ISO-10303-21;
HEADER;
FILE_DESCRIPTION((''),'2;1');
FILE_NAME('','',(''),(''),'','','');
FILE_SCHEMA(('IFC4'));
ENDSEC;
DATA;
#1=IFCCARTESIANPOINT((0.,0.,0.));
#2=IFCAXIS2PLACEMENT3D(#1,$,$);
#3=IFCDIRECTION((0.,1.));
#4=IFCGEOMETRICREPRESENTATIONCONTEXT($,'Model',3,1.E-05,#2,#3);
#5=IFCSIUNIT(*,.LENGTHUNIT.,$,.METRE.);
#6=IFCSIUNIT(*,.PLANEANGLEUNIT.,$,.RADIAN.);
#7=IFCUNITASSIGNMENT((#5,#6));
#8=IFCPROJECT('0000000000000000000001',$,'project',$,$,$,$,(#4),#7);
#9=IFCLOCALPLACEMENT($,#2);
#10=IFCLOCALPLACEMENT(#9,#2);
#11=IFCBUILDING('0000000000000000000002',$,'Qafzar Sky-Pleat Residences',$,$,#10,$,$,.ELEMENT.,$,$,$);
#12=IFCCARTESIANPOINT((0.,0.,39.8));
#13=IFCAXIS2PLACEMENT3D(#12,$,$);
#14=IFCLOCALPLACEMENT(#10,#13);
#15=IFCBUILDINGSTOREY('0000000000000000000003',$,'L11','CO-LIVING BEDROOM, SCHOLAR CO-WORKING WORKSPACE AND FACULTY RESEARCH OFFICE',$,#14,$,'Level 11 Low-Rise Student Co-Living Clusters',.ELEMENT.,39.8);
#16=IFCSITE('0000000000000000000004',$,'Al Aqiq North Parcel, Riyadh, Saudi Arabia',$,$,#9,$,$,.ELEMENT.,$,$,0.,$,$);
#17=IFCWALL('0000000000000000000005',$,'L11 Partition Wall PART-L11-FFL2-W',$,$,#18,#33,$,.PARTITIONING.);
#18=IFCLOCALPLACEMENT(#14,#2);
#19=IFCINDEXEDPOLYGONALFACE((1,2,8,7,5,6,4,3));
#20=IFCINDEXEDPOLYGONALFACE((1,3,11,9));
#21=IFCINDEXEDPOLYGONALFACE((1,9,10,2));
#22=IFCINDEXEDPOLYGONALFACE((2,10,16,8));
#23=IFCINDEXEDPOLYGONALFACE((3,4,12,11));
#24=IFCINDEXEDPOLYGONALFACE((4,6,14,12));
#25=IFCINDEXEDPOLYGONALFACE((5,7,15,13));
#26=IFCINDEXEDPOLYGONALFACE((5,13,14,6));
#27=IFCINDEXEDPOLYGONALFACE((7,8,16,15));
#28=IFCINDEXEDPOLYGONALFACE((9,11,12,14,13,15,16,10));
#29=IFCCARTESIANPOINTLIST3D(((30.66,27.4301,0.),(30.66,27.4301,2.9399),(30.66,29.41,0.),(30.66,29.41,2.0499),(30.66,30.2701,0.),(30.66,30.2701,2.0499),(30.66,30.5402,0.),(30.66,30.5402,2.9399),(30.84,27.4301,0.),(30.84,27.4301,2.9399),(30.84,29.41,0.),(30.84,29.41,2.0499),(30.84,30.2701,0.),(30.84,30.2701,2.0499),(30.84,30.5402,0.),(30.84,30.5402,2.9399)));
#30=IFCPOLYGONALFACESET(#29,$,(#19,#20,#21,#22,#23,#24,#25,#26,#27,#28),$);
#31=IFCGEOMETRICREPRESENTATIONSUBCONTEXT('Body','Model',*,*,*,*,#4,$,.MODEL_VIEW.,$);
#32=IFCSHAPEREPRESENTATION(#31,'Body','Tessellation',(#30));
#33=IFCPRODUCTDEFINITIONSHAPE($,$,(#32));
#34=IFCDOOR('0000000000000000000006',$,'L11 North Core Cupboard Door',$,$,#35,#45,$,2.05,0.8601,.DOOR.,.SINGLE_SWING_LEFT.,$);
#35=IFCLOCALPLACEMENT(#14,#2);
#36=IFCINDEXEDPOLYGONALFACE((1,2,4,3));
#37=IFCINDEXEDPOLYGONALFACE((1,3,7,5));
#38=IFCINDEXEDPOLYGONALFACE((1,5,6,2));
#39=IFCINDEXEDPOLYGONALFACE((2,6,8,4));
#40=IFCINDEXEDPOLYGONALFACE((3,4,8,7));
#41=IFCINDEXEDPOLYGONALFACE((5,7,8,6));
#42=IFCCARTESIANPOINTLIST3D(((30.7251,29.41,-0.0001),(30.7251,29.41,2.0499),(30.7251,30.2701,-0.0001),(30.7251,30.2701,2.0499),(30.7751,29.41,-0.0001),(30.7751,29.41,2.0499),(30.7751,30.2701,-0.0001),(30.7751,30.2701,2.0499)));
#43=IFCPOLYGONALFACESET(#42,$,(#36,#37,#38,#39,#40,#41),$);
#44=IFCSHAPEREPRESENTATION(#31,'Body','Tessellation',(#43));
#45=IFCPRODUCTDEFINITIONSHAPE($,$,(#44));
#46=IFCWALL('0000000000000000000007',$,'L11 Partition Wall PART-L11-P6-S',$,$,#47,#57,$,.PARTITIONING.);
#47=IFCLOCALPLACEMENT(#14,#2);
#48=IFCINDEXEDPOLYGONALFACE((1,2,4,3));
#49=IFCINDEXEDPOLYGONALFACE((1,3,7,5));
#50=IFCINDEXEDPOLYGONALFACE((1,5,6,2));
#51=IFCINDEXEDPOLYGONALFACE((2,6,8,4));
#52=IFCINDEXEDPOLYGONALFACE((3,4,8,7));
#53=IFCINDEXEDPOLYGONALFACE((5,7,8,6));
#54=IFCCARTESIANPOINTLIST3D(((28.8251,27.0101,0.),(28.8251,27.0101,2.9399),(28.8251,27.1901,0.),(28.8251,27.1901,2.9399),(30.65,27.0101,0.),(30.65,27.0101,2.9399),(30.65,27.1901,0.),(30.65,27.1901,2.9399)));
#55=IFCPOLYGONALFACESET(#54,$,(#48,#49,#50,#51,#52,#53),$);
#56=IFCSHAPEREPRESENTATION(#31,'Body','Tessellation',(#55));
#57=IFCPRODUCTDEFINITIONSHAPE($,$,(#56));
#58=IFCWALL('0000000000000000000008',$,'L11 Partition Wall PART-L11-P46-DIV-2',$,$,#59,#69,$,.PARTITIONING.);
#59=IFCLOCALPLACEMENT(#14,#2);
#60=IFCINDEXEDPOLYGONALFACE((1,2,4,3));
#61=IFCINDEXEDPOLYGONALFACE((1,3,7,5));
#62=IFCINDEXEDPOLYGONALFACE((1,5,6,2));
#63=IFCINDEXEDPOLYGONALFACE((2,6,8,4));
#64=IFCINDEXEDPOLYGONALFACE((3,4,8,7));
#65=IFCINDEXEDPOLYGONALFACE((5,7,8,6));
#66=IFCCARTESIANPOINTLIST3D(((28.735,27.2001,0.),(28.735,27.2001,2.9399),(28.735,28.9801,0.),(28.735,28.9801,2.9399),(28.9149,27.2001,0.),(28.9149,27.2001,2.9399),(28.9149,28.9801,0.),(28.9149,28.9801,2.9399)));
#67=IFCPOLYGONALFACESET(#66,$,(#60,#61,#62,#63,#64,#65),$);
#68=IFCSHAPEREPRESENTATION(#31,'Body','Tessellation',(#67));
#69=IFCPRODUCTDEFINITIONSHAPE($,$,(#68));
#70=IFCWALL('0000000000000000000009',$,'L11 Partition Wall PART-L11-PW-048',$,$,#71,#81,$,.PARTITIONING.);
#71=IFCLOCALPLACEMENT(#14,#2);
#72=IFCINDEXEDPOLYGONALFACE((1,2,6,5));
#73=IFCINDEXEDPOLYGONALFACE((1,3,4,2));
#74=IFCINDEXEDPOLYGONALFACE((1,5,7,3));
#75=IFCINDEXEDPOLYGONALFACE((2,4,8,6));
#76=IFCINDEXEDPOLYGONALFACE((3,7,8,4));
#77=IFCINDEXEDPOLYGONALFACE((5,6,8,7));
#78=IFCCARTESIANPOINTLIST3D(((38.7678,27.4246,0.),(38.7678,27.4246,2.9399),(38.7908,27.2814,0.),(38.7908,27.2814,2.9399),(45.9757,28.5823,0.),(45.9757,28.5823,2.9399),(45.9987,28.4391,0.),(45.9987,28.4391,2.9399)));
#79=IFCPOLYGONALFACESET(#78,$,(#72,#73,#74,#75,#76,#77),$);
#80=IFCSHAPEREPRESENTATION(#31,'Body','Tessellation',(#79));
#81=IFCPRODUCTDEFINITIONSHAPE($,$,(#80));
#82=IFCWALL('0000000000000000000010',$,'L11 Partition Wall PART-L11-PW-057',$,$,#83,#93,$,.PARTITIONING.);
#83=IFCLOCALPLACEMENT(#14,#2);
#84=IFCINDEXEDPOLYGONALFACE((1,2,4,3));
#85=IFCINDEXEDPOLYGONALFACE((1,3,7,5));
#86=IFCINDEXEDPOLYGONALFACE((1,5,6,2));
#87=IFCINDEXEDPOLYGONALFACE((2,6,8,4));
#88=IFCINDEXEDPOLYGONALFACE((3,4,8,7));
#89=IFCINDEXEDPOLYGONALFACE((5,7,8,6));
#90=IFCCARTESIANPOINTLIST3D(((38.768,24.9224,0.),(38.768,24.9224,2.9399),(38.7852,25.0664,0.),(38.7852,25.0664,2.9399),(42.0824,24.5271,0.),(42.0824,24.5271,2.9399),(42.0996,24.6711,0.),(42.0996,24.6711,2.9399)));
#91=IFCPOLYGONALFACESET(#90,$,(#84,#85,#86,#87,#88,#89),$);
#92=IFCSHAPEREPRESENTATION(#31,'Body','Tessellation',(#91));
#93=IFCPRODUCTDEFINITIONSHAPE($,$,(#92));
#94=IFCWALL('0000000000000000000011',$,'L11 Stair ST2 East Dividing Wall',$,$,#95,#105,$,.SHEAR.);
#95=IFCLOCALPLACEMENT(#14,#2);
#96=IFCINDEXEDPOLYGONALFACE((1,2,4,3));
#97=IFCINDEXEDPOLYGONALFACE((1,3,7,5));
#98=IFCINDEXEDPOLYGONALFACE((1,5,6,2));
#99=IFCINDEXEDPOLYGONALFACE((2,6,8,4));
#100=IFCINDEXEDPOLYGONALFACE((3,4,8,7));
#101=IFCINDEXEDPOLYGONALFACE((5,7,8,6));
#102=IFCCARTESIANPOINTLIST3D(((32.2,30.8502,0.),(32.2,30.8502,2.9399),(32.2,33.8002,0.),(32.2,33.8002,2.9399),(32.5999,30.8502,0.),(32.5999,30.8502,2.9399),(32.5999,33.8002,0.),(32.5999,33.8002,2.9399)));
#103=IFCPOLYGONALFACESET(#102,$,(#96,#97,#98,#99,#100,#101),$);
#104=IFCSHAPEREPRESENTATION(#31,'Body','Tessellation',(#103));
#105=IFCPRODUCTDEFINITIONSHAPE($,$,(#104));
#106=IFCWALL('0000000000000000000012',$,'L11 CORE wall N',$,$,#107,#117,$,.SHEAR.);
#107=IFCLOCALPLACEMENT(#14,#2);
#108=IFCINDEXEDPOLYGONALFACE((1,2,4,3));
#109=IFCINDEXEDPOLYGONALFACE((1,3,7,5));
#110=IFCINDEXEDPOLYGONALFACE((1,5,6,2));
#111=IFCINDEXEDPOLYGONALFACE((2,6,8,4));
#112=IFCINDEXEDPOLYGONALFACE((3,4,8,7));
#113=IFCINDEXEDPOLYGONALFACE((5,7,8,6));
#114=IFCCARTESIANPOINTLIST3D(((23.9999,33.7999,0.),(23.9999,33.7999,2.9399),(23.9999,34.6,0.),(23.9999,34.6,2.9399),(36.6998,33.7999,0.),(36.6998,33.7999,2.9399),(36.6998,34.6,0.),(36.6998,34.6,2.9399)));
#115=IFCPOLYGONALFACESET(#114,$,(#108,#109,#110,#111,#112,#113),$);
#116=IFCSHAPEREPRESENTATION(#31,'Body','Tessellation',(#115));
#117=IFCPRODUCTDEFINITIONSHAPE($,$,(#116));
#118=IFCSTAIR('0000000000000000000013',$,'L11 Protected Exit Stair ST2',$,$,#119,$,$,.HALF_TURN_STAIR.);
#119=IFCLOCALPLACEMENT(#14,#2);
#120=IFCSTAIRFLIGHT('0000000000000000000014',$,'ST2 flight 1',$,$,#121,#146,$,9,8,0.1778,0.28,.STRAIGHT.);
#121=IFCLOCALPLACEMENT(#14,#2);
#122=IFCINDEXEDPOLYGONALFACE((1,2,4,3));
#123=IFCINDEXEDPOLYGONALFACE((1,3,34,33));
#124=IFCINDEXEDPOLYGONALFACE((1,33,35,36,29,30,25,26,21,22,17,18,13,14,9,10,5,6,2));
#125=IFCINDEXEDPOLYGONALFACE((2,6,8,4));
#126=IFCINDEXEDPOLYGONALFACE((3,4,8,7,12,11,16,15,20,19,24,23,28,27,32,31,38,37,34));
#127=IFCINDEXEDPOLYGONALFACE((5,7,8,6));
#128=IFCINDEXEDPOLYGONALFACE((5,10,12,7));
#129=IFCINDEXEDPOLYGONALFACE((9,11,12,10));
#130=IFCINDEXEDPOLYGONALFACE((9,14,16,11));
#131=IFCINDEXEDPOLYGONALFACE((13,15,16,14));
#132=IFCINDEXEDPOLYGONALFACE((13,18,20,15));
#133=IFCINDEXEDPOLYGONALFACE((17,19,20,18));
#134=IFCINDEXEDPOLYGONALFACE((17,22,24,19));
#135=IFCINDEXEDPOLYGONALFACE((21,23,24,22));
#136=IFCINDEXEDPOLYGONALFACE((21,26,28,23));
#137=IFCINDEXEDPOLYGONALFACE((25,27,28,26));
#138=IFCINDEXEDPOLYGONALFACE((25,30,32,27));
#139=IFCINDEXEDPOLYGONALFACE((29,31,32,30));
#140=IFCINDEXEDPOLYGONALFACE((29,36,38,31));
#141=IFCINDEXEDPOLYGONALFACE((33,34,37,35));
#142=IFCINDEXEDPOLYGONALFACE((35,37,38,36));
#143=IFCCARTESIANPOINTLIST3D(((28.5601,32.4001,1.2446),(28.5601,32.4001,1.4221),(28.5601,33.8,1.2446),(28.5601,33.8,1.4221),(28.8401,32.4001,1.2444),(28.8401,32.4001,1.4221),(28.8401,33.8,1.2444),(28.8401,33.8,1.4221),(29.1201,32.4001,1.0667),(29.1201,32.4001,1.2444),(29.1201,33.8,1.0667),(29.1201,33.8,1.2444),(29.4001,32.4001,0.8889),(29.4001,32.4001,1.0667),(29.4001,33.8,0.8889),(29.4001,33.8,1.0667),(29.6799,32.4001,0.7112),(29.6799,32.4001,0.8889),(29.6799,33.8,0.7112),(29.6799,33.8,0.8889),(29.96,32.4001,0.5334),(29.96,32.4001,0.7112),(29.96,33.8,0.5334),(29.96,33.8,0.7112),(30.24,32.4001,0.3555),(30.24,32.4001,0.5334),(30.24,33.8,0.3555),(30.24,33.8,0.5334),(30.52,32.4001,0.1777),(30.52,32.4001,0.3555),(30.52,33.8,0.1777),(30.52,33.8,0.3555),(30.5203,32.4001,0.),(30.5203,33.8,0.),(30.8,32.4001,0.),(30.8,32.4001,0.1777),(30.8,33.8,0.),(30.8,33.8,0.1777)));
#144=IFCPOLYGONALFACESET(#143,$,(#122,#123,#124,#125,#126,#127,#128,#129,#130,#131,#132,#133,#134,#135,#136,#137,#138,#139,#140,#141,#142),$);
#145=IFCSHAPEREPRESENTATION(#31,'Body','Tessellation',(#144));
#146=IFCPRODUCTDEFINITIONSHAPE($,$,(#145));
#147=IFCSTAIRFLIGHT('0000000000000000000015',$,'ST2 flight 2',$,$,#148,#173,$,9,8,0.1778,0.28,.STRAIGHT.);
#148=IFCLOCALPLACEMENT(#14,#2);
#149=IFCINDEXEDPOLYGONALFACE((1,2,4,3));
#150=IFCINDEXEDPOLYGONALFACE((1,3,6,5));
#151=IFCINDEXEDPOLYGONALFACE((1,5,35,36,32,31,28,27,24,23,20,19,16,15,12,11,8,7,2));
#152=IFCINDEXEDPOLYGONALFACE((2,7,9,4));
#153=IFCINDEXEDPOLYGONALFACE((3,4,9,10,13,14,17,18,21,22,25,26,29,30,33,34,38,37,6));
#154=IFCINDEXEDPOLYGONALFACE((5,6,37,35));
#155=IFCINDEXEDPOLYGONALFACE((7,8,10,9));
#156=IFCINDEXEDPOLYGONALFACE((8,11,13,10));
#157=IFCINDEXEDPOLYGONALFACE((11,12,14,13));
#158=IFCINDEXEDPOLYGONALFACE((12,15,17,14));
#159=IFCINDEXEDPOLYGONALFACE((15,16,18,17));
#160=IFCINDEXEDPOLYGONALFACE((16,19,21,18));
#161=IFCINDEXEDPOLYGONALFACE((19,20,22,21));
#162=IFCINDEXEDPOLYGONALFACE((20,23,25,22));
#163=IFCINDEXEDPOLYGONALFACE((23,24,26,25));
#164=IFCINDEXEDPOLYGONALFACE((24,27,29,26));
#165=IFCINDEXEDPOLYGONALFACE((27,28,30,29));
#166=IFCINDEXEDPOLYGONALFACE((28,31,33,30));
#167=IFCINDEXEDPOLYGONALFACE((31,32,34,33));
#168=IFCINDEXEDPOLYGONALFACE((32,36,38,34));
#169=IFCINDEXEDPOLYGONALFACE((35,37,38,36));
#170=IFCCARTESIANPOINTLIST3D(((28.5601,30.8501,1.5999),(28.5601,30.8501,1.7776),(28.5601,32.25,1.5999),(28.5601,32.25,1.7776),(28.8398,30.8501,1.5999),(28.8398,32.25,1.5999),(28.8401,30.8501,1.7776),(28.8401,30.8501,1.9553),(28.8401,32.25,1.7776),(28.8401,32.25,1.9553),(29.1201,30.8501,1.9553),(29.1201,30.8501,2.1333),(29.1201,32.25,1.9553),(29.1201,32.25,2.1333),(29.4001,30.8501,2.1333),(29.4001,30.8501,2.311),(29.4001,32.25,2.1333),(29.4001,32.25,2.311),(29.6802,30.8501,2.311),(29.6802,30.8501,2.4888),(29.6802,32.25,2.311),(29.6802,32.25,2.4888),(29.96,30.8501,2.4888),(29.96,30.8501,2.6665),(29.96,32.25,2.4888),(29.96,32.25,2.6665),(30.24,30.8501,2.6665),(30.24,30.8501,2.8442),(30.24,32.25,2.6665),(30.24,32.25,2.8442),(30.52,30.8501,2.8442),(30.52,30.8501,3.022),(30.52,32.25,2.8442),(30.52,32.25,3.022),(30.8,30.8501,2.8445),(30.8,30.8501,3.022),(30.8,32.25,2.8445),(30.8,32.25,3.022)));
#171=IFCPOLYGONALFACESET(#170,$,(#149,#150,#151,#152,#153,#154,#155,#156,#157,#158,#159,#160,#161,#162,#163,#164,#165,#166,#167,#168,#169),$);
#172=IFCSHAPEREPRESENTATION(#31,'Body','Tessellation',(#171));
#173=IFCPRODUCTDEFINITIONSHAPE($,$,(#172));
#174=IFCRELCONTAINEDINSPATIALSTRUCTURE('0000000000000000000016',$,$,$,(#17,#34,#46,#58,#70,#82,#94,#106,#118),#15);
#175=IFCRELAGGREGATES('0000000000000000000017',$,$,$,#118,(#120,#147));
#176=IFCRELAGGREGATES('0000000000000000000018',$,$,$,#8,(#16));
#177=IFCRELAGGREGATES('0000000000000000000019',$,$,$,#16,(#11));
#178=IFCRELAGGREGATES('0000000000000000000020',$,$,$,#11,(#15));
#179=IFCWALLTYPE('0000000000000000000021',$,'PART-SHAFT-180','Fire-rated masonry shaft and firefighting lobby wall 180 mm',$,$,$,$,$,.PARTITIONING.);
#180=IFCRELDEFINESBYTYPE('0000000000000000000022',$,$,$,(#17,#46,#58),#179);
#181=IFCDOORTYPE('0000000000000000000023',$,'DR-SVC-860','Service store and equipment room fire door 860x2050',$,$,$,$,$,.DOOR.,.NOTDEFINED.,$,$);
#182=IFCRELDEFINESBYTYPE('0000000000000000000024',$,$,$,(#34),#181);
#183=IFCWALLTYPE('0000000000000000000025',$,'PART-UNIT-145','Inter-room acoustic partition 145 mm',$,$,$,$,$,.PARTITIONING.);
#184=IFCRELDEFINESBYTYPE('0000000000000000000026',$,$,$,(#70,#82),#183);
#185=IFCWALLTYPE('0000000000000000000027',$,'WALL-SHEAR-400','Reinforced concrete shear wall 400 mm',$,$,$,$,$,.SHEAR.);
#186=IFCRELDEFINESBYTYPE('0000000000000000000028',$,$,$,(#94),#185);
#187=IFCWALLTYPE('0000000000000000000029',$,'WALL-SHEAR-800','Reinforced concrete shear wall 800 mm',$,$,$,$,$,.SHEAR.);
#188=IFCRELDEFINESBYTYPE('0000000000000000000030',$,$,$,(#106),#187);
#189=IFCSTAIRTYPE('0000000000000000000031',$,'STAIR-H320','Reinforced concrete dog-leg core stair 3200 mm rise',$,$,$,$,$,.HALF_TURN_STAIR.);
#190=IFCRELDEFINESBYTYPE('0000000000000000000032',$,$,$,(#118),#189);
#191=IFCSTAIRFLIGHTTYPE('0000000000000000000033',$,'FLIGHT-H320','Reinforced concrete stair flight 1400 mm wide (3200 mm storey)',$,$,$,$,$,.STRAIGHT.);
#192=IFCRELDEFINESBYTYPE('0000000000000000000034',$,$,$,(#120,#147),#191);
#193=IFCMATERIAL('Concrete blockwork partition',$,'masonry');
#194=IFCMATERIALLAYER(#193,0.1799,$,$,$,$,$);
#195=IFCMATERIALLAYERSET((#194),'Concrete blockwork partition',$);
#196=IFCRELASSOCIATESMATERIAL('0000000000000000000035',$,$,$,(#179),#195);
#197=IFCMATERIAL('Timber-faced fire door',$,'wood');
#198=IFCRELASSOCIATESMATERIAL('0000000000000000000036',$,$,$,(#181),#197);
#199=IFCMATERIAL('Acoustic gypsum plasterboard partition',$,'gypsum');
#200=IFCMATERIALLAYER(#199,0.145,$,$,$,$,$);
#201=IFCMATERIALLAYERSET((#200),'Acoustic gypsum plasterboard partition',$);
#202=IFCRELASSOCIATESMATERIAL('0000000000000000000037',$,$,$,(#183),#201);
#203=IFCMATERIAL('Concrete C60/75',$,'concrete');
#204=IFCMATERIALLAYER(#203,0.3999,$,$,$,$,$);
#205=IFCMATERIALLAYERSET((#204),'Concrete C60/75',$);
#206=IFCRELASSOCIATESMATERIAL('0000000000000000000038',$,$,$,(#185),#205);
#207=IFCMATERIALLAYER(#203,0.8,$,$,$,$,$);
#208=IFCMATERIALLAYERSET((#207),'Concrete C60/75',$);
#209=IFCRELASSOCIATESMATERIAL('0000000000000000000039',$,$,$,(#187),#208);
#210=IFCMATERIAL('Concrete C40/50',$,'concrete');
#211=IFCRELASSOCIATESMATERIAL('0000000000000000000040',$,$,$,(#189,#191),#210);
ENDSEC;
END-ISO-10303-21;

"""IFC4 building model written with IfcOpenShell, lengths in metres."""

from ifc_helpers import new_model, si_unit, direction, frame, frame_2d, origin, place, context, subcontext, project, spatial, polyline, rectangle, outline, extrude, source, transform, mapped, material, layer, layer_set, type_object, element, fill, aggregate, save


model = new_model("IFC4")

# Units and contexts
model_context = context("Model", 3, precision=1e-05, world=origin(), true_north=direction((0.0, 1.0)))
body_context = subcontext(model_context, "Body", "Model", "MODEL_VIEW")
ifc_project = project(units=[si_unit("LENGTHUNIT", "METRE"), si_unit("PLANEANGLEUNIT", "RADIAN")], contexts=[model_context])

# Site, building, storey
site_placement = place(None, origin())
site = spatial("IfcSite", under=ifc_project, at=site_placement, Name="Al Aqiq North Parcel, Riyadh, Saudi Arabia", CompositionType="ELEMENT", RefElevation=0.0)
building_placement = place(site_placement, origin())
building = spatial("IfcBuilding", under=site, at=building_placement, Name="Qafzar Sky-Pleat Residences", CompositionType="ELEMENT")
storey_placement = place(building_placement, frame((0.0, 0.0, 39.8)))
storey = spatial("IfcBuildingStorey", under=building, at=storey_placement, Name="L11", Description="CO-LIVING BEDROOM, SCHOLAR CO-WORKING WORKSPACE AND FACULTY RESEARCH OFFICE", LongName="Level 11 Low-Rise Student Co-Living Clusters", CompositionType="ELEMENT", Elevation=39.8)

# Wall, opening, door
ifc_material_1 = material(Name="Acoustic gypsum plasterboard partition", Category="gypsum")
ifc_material_2 = material(Name="Timber-faced fire door", Category="wood")
ifc_material_3 = material(Name="Concrete blockwork partition", Category="masonry")
ifc_layer_1 = layer(ifc_material_3, 0.1799)
ifc_layer_set_1 = layer_set([ifc_layer_1], Name="Concrete blockwork partition")
wall_type_1 = type_object("IfcWallType", Name="PART-SHAFT-180", Description="Fire-rated masonry shaft and firefighting lobby wall 180 mm", PredefinedType="PARTITIONING", material=ifc_layer_set_1)
wall_1_placement = place(storey_placement, frame((30.75, 27.4299, 0.0), z_axis=(0.0, 0.0, 1.0), x_axis=(0.0, 1.0, 0.0)))
wall_1 = element("IfcWall", 1, at=wall_1_placement, inside=storey, type_object=wall_type_1, Name="L11 Partition Wall PART-L11-FFL2-W", PredefinedType="PARTITIONING", context=body_context, shape_type="SweptSolid", body=[
    extrude(rectangle(XDim=3.1101, YDim=0.1799, at=frame_2d((1.5552, 0.0))), origin(), (0.0, 0.0, 1.0), 2.9399),
])
opening_1_placement = place(wall_1_placement, frame((1.98, 0.0, 0.0)))
opening_1 = element("IfcOpeningElement", 2, at=opening_1_placement, cuts=wall_1, PredefinedType="OPENING", context=body_context, shape_type="SweptSolid", body=[
    extrude(rectangle(XDim=0.8601, YDim=2.05, at=frame_2d((0.4302, 1.0249))), frame((0.0, 0.1001, 0.0), z_axis=(0.0, -1.0, 0.0), x_axis=(1.0, 0.0, 0.0)), (0.0, 0.0, 1.0), 0.2),
])
door_type_1 = type_object("IfcDoorType", Name="DR-SVC-860", Description="Service store and equipment room fire door 860x2050", OperationType="NOTDEFINED", PredefinedType="DOOR", material=ifc_material_2)
shared_shape_1 = source(origin(), body_context, "Body", "SweptSolid", [
    extrude(rectangle(XDim=0.8601, YDim=2.05, at=frame_2d((0.4302, 1.0249))), frame((0.0, 0.0249, 0.0), z_axis=(0.0, -1.0, 0.0), x_axis=(1.0, 0.0, 0.0)), (0.0, 0.0, 1.0), 0.05),
])
door_1_placement = place(opening_1_placement, origin())
door_1 = element("IfcDoor", 3, at=door_1_placement, inside=storey, type_object=door_type_1, Name="L11 North Core Cupboard Door", OperationType="SINGLE_SWING_LEFT", OverallHeight=2.05, OverallWidth=0.8601, PredefinedType="DOOR", context=body_context, shape_type="MappedRepresentation", body=[
    mapped(shared_shape_1, transform((0.0, 0.0, 0.0), x_axis=(1.0, 0.0, 0.0), y_axis=(0.0, 1.0, 0.0), z_axis=(0.0, 0.0, 1.0), scale=1.0)),
])
fill(opening_1, door_1)

# Walls
wall_2_placement = place(storey_placement, frame((28.825, 27.1001, 0.0), z_axis=(0.0, 0.0, 1.0), x_axis=(1.0, 0.0, 0.0)))
element("IfcWall", 4, at=wall_2_placement, inside=storey, type_object=wall_type_1, Name="L11 Partition Wall PART-L11-P6-S", PredefinedType="PARTITIONING", context=body_context, shape_type="SweptSolid", body=[
    extrude(rectangle(XDim=1.825, YDim=0.1799, at=frame_2d((0.9126, 0.0))), origin(), (0.0, 0.0, 1.0), 2.9399),
])
wall_3_placement = place(storey_placement, frame((28.825, 27.2, 0.0), z_axis=(0.0, 0.0, 1.0), x_axis=(0.0, 1.0, 0.0)))
element("IfcWall", 5, at=wall_3_placement, inside=storey, type_object=wall_type_1, Name="L11 Partition Wall PART-L11-P46-DIV-2", PredefinedType="PARTITIONING", context=body_context, shape_type="SweptSolid", body=[
    extrude(rectangle(XDim=1.78, YDim=0.1799, at=frame_2d((0.8901, 0.0))), origin(), (0.0, 0.0, 1.0), 2.9399),
])
ifc_layer_2 = layer(ifc_material_1, 0.145)
ifc_layer_set_2 = layer_set([ifc_layer_2], Name="Acoustic gypsum plasterboard partition")
wall_type_2 = type_object("IfcWallType", Name="PART-UNIT-145", Description="Inter-room acoustic partition 145 mm", PredefinedType="PARTITIONING", material=ifc_layer_set_2)
wall_4_placement = place(storey_placement, frame((38.7793, 27.353, 0.0), z_axis=(0.0, 0.0, 1.0), x_axis=(0.987346, 0.158583, 0.0)))
element("IfcWall", 6, at=wall_4_placement, inside=storey, type_object=wall_type_2, Name="L11 Partition Wall PART-L11-PW-048", PredefinedType="PARTITIONING", context=body_context, shape_type="SweptSolid", body=[
    extrude(rectangle(XDim=7.3003, YDim=0.145, at=frame_2d((3.6501, 0.0))), origin(), (0.0, 0.0, 1.0), 2.9399),
])
wall_5_placement = place(storey_placement, frame((38.7766, 24.9944, 0.0), z_axis=(0.0, 0.0, 1.0), x_axis=(0.992964, -0.118416, 0.0)))
element("IfcWall", 7, at=wall_5_placement, inside=storey, type_object=wall_type_2, Name="L11 Partition Wall PART-L11-PW-057", PredefinedType="PARTITIONING", context=body_context, shape_type="SweptSolid", body=[
    extrude(rectangle(XDim=3.3379, YDim=0.145, at=frame_2d((1.6689, 0.0))), origin(), (0.0, 0.0, 1.0), 2.9399),
])
ifc_material_4 = material(Name="Concrete C60/75", Category="concrete")
ifc_layer_3 = layer(ifc_material_4, 0.3999)
ifc_layer_set_3 = layer_set([ifc_layer_3], Name="Concrete C60/75")
wall_type_3 = type_object("IfcWallType", Name="WALL-SHEAR-400", Description="Reinforced concrete shear wall 400 mm", PredefinedType="SHEAR", material=ifc_layer_set_3)
wall_6_placement = place(storey_placement, frame((32.3999, 30.8501, 0.0), z_axis=(0.0, 0.0, 1.0), x_axis=(0.0, 1.0, 0.0)))
element("IfcWall", 8, at=wall_6_placement, inside=storey, type_object=wall_type_3, Name="L11 Stair ST2 East Dividing Wall", PredefinedType="SHEAR", context=body_context, shape_type="SweptSolid", body=[
    extrude(rectangle(XDim=2.95, YDim=0.3999, at=frame_2d((1.4751, 0.0))), origin(), (0.0, 0.0, 1.0), 2.9399),
])
ifc_layer_4 = layer(ifc_material_4, 0.8)
ifc_layer_set_4 = layer_set([ifc_layer_4], Name="Concrete C60/75")
wall_type_4 = type_object("IfcWallType", Name="WALL-SHEAR-800", Description="Reinforced concrete shear wall 800 mm", PredefinedType="SHEAR", material=ifc_layer_set_4)
wall_7_placement = place(storey_placement, frame((36.7, 34.2, 0.0), z_axis=(0.0, 0.0, 1.0), x_axis=(-1.0, 0.0, 0.0)))
element("IfcWall", 9, at=wall_7_placement, inside=storey, type_object=wall_type_4, Name="L11 CORE wall N", PredefinedType="SHEAR", context=body_context, shape_type="SweptSolid", body=[
    extrude(rectangle(XDim=12.7, YDim=0.8, at=frame_2d((6.3501, 0.0))), origin(), (0.0, 0.0, 1.0), 2.9399),
])

# Stair, stair flights
ifc_material_5 = material(Name="Concrete C40/50", Category="concrete")
stair_type = type_object("IfcStairType", Name="STAIR-H320", Description="Reinforced concrete dog-leg core stair 3200 mm rise", PredefinedType="HALF_TURN_STAIR", material=ifc_material_5)
stair_placement = place(storey_placement, origin())
stair = element("IfcStair", 10, at=stair_placement, inside=storey, type_object=stair_type, Name="L11 Protected Exit Stair ST2", PredefinedType="HALF_TURN_STAIR")
stair_flight_type = type_object("IfcStairFlightType", Name="FLIGHT-H320", Description="Reinforced concrete stair flight 1400 mm wide (3200 mm storey)", PredefinedType="STRAIGHT", material=ifc_material_5)
shared_shape_2 = source(origin(), body_context, "Body", "SweptSolid", [
    extrude(outline(polyline([(0.0, 0.0), (0.0, 0.1777), (0.28, 0.1777), (0.28, 0.3555), (0.5601, 0.3555), (0.5601, 0.5334), (0.8401, 0.5334), (0.8401, 0.7112), (1.1201, 0.7112), (1.1201, 0.8889), (1.3999, 0.8889), (1.3999, 1.0667), (1.6799, 1.0667), (1.6799, 1.2444), (1.96, 1.2444), (1.96, 1.4221), (2.24, 1.4221), (2.24, 1.6001), (2.24, 1.2446), (0.2798, 0.0), (0.0, 0.0)])), frame((0.0, 0.7, 0.0), z_axis=(0.0, -1.0, 0.0), x_axis=(1.0, 0.0, 0.0)), (0.0, 0.0, 1.0), 1.3999),
])
stair_flight_1_placement = place(storey_placement, frame((30.8, 33.1001, 0.0), z_axis=(0.0, 0.0, 1.0), x_axis=(-1.0, 0.0, 0.0)))
stair_flight_1 = element("IfcStairFlight", 11, at=stair_flight_1_placement, type_object=stair_flight_type, Name="ST2 flight 1", NumberOfRisers=9, NumberOfTreads=8, PredefinedType="STRAIGHT", RiserHeight=0.1778, TreadLength=0.28, context=body_context, shape_type="MappedRepresentation", body=[
    mapped(shared_shape_2, transform((0.0, 0.0, 0.0), x_axis=(1.0, 0.0, 0.0), y_axis=(0.0, 1.0, 0.0), z_axis=(0.0, 0.0, 1.0), scale=1.0)),
])
stair_flight_2_placement = place(storey_placement, frame((28.5601, 31.55, 1.5999), z_axis=(0.0, 0.0, 1.0), x_axis=(1.0, 0.0, 0.0)))
stair_flight_2 = element("IfcStairFlight", 12, at=stair_flight_2_placement, type_object=stair_flight_type, Name="ST2 flight 2", NumberOfRisers=9, NumberOfTreads=8, PredefinedType="STRAIGHT", RiserHeight=0.1778, TreadLength=0.28, context=body_context, shape_type="MappedRepresentation", body=[
    mapped(shared_shape_2, transform((0.0, 0.0, 0.0), x_axis=(1.0, 0.0, 0.0), y_axis=(0.0, 1.0, 0.0), z_axis=(0.0, 0.0, 1.0), scale=1.0)),
])
aggregate(stair, [stair_flight_1, stair_flight_2])

save(model, "model.ifc")
